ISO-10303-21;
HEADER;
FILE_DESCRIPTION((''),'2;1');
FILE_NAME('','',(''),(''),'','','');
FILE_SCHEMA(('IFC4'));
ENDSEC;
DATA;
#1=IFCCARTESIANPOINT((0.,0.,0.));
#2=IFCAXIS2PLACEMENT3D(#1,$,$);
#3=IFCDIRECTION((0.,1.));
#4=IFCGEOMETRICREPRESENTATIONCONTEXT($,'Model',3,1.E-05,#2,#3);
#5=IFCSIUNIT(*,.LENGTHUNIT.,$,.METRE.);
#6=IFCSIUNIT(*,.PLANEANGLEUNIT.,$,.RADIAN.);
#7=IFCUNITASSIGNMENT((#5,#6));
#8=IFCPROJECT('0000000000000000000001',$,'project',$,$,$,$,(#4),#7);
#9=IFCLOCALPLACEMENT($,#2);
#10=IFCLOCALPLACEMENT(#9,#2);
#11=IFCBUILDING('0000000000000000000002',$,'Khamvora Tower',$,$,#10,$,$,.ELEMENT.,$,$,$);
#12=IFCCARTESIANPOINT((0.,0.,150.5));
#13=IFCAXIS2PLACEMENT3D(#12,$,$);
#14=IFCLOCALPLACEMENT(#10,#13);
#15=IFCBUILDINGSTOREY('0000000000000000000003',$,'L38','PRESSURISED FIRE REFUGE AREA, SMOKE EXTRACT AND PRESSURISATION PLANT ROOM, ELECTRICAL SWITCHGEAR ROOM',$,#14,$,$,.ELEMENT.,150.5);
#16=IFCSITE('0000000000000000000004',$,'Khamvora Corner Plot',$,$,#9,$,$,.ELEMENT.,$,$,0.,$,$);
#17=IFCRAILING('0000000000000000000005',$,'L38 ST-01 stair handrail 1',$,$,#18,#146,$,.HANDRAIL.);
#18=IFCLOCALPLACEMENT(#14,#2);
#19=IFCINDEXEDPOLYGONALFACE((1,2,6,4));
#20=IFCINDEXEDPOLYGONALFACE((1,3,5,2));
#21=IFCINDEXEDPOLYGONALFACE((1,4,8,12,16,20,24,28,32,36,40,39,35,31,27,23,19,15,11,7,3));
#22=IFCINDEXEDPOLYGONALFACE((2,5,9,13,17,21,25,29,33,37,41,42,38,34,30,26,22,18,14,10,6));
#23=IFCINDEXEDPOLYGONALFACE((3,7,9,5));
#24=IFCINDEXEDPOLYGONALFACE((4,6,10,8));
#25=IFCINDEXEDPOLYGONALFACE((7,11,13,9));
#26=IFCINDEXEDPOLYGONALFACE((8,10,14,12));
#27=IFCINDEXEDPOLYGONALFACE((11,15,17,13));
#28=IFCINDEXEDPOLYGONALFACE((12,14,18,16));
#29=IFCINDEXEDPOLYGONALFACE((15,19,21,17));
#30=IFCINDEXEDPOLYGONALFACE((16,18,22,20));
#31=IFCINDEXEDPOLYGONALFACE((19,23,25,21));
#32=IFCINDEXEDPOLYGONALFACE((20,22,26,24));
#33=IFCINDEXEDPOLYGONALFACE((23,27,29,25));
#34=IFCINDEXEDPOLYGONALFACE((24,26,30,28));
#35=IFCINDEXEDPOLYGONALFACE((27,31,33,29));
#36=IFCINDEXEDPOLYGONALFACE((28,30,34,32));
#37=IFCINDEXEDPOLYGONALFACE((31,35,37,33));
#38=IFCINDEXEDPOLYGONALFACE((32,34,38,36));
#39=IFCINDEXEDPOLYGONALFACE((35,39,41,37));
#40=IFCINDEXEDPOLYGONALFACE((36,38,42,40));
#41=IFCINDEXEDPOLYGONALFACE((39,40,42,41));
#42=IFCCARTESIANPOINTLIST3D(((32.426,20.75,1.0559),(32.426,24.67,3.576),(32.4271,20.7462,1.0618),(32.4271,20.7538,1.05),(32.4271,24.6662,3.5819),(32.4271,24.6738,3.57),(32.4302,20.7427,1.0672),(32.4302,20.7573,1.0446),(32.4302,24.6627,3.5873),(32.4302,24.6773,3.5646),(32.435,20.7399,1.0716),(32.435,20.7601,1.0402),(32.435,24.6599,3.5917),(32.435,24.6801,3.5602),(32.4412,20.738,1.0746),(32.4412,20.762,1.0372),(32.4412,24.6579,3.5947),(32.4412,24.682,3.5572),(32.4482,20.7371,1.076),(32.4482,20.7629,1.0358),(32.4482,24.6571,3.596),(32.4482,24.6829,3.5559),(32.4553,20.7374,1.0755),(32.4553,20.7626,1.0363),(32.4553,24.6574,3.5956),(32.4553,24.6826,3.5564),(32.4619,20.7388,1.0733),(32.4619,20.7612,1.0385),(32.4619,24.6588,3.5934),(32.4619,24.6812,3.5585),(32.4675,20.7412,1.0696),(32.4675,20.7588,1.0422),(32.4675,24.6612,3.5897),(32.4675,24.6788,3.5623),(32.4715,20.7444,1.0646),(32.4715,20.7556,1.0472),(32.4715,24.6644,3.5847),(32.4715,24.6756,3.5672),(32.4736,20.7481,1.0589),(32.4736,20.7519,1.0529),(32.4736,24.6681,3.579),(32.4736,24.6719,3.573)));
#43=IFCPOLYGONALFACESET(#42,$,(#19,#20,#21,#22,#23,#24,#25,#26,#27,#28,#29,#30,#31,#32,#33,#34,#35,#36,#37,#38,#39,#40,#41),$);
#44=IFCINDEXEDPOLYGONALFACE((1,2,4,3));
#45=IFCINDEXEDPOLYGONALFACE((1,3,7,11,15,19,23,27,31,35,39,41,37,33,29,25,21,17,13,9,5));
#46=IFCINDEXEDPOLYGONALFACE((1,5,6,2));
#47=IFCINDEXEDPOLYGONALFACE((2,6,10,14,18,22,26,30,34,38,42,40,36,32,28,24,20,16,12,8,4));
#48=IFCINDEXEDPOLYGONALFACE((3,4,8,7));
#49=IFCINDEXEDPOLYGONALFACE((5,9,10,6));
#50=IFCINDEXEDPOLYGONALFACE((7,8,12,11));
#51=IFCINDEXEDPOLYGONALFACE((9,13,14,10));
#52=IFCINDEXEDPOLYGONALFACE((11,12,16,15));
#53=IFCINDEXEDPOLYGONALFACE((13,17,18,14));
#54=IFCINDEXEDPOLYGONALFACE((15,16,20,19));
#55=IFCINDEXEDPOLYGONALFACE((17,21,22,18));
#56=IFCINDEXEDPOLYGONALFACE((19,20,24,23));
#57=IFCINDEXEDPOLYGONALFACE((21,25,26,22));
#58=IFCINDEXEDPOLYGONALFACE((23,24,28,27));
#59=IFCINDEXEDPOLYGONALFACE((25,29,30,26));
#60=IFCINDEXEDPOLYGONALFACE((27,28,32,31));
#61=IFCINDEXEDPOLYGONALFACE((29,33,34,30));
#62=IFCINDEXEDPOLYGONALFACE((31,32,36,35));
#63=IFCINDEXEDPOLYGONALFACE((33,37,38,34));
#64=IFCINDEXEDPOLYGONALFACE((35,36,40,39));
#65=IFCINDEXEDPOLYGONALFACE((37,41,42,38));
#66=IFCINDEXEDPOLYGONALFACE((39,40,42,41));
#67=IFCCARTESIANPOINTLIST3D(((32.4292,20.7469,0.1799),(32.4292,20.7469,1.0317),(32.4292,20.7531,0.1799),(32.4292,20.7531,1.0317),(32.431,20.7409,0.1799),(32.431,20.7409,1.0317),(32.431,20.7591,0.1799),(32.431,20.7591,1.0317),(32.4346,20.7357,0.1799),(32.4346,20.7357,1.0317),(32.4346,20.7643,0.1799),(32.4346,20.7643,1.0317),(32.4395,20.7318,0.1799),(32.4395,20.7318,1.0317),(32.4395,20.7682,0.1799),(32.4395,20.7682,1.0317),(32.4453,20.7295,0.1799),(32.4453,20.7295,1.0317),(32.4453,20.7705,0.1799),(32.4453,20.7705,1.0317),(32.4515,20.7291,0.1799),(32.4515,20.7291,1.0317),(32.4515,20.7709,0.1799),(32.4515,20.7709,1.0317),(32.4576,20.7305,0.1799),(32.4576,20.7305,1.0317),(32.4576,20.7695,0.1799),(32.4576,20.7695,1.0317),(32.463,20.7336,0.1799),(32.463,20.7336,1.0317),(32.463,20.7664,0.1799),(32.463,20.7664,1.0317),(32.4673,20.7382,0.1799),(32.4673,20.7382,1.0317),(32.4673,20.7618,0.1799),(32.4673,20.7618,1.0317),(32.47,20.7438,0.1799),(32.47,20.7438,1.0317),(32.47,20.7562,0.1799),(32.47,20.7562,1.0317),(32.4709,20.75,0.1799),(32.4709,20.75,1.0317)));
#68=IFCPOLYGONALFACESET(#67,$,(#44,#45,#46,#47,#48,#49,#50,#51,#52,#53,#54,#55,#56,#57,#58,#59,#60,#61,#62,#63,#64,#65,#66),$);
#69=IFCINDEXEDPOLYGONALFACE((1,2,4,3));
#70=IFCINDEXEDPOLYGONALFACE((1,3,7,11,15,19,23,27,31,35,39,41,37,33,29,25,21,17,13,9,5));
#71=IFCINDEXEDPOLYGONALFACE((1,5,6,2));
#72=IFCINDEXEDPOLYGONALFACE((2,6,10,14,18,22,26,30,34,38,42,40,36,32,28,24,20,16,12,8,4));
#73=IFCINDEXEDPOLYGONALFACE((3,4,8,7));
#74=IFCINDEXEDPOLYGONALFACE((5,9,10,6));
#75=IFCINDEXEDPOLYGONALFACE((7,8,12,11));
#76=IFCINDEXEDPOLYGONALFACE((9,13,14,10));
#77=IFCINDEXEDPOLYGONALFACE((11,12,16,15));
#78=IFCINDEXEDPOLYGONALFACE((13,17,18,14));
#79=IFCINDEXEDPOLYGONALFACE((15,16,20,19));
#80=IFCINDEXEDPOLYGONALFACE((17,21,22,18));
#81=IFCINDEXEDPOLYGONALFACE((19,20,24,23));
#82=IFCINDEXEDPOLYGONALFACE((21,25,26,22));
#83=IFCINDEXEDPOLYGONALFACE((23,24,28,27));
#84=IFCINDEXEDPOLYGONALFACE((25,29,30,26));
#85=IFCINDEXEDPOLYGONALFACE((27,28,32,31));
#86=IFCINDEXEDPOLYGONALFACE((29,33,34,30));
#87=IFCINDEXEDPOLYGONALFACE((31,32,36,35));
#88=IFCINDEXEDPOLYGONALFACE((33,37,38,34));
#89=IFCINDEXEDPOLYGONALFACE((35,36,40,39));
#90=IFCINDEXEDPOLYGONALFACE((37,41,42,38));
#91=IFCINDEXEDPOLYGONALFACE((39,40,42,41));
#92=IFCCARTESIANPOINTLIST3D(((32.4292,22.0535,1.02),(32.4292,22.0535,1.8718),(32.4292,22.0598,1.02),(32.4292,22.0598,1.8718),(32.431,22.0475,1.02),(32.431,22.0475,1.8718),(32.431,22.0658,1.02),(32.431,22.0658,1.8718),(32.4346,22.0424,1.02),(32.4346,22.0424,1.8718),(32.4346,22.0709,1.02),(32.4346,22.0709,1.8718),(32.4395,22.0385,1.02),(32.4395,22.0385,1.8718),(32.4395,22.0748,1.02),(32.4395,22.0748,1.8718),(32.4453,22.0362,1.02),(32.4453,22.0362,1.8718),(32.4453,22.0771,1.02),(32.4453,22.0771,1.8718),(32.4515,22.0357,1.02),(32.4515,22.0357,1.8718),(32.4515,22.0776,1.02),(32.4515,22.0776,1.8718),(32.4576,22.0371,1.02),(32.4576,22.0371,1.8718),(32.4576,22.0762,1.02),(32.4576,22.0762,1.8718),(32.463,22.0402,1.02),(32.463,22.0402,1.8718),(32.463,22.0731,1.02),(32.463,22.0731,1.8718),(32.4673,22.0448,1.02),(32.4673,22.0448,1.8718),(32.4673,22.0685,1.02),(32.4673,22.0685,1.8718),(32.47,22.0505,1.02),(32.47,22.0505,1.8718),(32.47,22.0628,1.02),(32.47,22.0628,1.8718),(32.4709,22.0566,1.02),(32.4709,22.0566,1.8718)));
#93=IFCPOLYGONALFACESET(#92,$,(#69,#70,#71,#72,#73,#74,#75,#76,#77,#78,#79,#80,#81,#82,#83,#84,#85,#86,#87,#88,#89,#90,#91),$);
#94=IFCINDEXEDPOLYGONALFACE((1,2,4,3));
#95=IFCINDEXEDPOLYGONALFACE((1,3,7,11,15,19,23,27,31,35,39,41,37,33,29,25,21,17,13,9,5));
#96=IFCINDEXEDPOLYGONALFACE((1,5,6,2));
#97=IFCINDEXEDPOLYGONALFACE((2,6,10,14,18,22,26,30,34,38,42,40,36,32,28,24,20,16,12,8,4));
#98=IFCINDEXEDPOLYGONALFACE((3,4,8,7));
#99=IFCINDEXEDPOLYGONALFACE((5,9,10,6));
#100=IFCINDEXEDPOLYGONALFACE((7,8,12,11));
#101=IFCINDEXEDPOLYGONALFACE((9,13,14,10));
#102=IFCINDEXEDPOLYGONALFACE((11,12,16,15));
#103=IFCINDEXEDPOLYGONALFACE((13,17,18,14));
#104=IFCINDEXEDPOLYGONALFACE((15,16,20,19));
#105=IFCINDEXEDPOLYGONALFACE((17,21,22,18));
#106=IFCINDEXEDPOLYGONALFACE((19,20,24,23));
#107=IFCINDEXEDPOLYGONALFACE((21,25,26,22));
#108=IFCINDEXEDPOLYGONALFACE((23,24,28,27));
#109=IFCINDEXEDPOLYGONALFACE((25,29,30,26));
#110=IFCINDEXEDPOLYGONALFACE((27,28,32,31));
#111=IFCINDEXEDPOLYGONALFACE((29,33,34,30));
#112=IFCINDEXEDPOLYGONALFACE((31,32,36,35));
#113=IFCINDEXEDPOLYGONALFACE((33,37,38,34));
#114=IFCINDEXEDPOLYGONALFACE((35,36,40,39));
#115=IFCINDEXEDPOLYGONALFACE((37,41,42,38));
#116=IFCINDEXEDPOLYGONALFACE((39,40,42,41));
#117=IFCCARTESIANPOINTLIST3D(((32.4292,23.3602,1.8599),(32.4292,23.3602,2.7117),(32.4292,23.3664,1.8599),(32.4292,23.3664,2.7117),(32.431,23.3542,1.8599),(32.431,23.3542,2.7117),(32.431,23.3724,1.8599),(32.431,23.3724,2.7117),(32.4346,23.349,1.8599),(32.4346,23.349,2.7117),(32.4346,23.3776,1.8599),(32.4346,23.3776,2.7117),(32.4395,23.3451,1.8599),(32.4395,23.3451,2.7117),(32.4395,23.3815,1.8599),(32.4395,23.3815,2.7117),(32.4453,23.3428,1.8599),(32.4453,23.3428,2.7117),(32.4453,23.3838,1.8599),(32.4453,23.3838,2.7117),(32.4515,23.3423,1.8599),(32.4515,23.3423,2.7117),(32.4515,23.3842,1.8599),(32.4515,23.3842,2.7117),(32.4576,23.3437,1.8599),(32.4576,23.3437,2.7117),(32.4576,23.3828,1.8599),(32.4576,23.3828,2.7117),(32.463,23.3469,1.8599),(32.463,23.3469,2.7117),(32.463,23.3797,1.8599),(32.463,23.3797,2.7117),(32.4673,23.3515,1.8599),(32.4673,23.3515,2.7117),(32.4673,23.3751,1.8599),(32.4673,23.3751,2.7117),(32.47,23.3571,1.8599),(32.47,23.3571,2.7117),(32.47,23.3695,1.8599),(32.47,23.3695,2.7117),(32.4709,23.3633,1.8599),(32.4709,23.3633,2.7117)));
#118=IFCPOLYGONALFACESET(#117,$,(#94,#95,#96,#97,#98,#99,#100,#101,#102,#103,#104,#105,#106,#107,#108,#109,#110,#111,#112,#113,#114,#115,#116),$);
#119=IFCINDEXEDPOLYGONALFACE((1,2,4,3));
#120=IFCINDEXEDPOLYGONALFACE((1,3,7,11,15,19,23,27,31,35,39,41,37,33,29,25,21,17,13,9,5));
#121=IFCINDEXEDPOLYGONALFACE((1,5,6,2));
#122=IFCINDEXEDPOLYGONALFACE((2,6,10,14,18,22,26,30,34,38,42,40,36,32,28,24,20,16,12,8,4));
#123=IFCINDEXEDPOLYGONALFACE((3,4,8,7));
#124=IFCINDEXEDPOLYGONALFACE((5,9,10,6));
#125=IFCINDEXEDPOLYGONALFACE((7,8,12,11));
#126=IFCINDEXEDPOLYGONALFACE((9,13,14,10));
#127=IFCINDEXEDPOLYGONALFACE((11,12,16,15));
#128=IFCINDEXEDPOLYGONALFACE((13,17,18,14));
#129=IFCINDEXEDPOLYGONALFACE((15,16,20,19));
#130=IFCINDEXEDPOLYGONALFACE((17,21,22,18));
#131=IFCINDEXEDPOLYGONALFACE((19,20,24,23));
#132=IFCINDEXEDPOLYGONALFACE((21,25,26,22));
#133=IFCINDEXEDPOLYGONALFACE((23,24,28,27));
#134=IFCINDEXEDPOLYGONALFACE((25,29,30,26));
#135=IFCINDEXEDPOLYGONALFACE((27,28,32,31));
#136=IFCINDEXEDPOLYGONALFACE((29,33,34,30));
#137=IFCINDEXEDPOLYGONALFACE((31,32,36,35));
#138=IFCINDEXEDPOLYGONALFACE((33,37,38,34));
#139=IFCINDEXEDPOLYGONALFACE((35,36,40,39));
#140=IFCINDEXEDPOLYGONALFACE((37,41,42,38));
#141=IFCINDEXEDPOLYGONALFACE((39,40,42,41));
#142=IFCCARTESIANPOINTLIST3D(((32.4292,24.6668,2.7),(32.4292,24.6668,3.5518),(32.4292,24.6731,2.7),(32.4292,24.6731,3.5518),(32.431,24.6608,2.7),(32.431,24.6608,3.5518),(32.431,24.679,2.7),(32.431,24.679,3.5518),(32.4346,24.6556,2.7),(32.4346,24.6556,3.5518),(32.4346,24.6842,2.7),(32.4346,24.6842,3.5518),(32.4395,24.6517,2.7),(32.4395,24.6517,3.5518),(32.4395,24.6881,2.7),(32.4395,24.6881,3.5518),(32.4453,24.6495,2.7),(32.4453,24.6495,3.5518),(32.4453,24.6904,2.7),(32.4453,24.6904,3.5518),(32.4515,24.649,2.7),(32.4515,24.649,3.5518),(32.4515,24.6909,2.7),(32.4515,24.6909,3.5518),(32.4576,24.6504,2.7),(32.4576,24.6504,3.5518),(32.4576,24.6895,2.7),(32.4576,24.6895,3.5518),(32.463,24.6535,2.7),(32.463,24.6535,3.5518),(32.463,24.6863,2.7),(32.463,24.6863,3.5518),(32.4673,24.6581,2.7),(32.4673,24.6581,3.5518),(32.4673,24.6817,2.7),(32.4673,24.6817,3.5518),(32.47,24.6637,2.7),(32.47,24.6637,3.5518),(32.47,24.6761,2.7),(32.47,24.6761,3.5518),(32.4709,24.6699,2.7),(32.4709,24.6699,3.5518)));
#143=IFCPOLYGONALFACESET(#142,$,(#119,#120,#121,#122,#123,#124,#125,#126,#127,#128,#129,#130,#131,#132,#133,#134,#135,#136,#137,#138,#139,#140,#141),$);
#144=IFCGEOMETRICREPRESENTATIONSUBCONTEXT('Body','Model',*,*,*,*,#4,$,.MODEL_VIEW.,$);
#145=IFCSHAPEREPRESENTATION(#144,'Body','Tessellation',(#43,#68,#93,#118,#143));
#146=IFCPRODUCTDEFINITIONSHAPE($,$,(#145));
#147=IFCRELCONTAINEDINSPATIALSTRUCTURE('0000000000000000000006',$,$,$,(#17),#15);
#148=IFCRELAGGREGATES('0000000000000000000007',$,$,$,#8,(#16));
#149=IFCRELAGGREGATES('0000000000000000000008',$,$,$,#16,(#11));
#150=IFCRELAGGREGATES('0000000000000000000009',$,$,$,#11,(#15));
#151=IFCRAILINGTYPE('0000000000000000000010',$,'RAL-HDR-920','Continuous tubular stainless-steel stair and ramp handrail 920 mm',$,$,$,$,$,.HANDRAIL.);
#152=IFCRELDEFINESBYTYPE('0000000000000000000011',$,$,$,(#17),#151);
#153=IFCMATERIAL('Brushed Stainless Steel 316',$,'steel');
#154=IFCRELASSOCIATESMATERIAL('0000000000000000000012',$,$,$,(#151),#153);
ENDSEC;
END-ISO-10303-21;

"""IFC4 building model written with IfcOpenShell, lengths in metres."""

from ifc_helpers import new_model, si_unit, direction, frame, origin, origin_2d, place, context, subcontext, project, spatial, circle, extrude, material, type_object, element, save


model = new_model("IFC4")

# Units and contexts
model_context = context("Model", 3, precision=1e-05, world=origin(), true_north=direction((0.0, 1.0)))
body_context = subcontext(model_context, "Body", "Model", "MODEL_VIEW")
ifc_project = project(units=[si_unit("LENGTHUNIT", "METRE"), si_unit("PLANEANGLEUNIT", "RADIAN")], contexts=[model_context])

# Site, building, storey
site_placement = place(None, origin())
site = spatial("IfcSite", under=ifc_project, at=site_placement, Name="Khamvora Corner Plot", CompositionType="ELEMENT", RefElevation=0.0)
building_placement = place(site_placement, origin())
building = spatial("IfcBuilding", under=site, at=building_placement, Name="Khamvora Tower", CompositionType="ELEMENT")
storey_placement = place(building_placement, frame((0.0, 0.0, 150.5)))
storey = spatial("IfcBuildingStorey", under=building, at=storey_placement, Name="L38", Description="PRESSURISED FIRE REFUGE AREA, SMOKE EXTRACT AND PRESSURISATION PLANT ROOM, ELECTRICAL SWITCHGEAR ROOM", CompositionType="ELEMENT", Elevation=150.5)

# Railing
ifc_material_1 = material(Name="Brushed Stainless Steel 316", Category="steel")
railing_type_1 = type_object("IfcRailingType", Name="RAL-HDR-920", Description="Continuous tubular stainless-steel stair and ramp handrail 920 mm", PredefinedType="HANDRAIL", material=ifc_material_1)
railing_1_placement = place(storey_placement, frame((32.45, 20.75, 0.1799)))
element("IfcRailing", 1, at=railing_1_placement, inside=storey, type_object=railing_type_1, Name="L38 ST-01 stair handrail 1", PredefinedType="HANDRAIL", context=body_context, shape_type="SweptSolid", body=[
    extrude(circle(Radius=0.0239, at=origin_2d()), frame((0.0, 0.0, 0.876), z_axis=(0.0, 0.841172, 0.540768), x_axis=(-1.0, 0.0, 0.0)), (0.0, 0.0, 1.0), 4.6602),
    extrude(circle(Radius=0.021, at=origin_2d()), origin(), (0.0, 0.0, 1.0), 0.8518),
    extrude(circle(Radius=0.021, at=origin_2d()), frame((0.0, 1.3066, 0.8401)), (0.0, 0.0, 1.0), 0.8518),
    extrude(circle(Radius=0.021, at=origin_2d()), frame((0.0, 2.6133, 1.6799)), (0.0, 0.0, 1.0), 0.8518),
    extrude(circle(Radius=0.021, at=origin_2d()), frame((0.0, 3.9199, 2.52)), (0.0, 0.0, 1.0), 0.8518),
])

save(model, "model.ifc")
